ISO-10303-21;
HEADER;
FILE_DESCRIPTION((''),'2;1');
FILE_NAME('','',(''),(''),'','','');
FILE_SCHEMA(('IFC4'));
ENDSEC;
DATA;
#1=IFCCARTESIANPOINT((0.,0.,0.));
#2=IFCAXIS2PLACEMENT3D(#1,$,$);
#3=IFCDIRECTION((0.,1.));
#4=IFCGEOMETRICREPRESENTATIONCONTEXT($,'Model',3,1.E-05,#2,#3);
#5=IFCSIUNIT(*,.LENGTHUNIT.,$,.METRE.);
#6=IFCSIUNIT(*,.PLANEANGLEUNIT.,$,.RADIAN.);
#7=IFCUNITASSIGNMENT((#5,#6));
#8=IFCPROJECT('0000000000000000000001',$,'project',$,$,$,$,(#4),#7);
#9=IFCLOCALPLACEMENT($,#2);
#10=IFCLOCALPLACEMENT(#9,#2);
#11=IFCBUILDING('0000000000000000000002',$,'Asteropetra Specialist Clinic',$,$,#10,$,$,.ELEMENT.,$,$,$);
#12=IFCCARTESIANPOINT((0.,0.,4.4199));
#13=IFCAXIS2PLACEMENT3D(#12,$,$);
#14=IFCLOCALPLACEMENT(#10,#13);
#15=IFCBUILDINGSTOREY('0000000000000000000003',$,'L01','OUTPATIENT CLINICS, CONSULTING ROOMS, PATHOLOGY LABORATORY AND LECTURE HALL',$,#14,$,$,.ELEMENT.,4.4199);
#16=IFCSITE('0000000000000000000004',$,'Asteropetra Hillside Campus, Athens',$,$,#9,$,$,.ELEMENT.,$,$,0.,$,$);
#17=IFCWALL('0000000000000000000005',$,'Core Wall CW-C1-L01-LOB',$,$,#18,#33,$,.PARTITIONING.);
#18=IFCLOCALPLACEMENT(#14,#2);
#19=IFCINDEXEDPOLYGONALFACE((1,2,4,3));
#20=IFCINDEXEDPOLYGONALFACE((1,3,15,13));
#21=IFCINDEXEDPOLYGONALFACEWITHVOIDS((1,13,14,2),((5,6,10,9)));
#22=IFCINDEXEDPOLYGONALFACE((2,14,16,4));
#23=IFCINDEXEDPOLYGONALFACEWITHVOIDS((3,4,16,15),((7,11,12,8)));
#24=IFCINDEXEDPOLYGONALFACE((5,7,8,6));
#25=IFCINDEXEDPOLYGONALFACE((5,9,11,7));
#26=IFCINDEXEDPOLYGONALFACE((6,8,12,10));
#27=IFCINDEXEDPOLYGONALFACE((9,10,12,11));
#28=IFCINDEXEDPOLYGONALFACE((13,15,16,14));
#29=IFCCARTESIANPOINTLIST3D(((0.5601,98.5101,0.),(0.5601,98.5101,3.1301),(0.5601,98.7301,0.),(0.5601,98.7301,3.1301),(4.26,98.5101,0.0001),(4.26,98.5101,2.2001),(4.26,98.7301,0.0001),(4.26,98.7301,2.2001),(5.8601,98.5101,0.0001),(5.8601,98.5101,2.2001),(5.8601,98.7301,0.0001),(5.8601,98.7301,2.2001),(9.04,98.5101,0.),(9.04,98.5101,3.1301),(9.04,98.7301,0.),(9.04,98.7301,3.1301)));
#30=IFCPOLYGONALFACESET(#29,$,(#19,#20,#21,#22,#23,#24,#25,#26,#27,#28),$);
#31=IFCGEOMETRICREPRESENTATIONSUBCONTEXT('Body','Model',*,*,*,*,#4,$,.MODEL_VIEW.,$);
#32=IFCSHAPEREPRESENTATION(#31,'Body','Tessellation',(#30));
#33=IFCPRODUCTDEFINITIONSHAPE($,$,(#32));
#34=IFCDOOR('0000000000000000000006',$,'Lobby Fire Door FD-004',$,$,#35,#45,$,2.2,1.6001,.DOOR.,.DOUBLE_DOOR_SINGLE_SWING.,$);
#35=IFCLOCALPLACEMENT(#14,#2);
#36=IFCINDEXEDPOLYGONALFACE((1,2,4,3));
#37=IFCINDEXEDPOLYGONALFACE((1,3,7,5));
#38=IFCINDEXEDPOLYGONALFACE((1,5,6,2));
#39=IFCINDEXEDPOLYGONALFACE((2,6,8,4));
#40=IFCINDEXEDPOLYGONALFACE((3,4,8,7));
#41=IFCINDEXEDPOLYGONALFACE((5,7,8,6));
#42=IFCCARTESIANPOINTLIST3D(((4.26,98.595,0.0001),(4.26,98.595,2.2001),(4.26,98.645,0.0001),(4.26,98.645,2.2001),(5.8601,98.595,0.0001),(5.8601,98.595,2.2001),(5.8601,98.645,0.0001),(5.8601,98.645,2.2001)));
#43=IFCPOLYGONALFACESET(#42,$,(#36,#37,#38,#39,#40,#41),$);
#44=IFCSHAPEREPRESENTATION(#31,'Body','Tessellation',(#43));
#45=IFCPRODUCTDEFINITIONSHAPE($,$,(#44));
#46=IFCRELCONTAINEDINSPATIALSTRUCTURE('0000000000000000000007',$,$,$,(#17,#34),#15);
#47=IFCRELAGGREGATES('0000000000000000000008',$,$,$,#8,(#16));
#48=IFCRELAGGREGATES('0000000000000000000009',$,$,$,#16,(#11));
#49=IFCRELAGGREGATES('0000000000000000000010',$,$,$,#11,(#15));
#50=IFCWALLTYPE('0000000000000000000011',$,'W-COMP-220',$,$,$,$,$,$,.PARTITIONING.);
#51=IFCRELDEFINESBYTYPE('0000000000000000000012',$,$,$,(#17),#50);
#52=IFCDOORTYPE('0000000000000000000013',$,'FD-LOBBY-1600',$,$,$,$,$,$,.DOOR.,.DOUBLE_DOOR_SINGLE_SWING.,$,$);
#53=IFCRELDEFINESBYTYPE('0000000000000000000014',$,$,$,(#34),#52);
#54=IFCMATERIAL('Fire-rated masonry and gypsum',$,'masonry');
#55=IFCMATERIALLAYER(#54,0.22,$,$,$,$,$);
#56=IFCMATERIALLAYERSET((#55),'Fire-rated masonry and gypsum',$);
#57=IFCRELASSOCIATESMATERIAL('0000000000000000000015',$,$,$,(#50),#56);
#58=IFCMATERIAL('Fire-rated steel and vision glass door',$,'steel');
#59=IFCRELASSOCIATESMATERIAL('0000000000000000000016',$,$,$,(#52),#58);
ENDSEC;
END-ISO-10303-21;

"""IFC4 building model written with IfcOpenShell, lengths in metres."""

from ifc_helpers import new_model, si_unit, direction, frame, frame_2d, origin, place, context, subcontext, project, spatial, rectangle, extrude, material, layer, layer_set, type_object, element, fill, save


model = new_model("IFC4")

# Units and contexts
model_context = context("Model", 3, precision=1e-05, world=origin(), true_north=direction((0.0, 1.0)))
body_context = subcontext(model_context, "Body", "Model", "MODEL_VIEW")
ifc_project = project(units=[si_unit("LENGTHUNIT", "METRE"), si_unit("PLANEANGLEUNIT", "RADIAN")], contexts=[model_context])

# Site, building, storey
site_placement = place(None, origin())
site = spatial("IfcSite", under=ifc_project, at=site_placement, Name="Asteropetra Hillside Campus, Athens", CompositionType="ELEMENT", RefElevation=0.0)
building_placement = place(site_placement, origin())
building = spatial("IfcBuilding", under=site, at=building_placement, Name="Asteropetra Specialist Clinic", CompositionType="ELEMENT")
storey_placement = place(building_placement, frame((0.0, 0.0, 4.4199)))
storey = spatial("IfcBuildingStorey", under=building, at=storey_placement, Name="L01", Description="OUTPATIENT CLINICS, CONSULTING ROOMS, PATHOLOGY LABORATORY AND LECTURE HALL", CompositionType="ELEMENT", Elevation=4.4199)

# Wall, opening, door
ifc_material_1 = material(Name="Fire-rated masonry and gypsum", Category="masonry")
ifc_layer_1 = layer(ifc_material_1, 0.22)
ifc_layer_set_1 = layer_set([ifc_layer_1], Name="Fire-rated masonry and gypsum")
wall_type_1 = type_object("IfcWallType", Name="W-COMP-220", PredefinedType="PARTITIONING", material=ifc_layer_set_1)
wall_1_placement = place(storey_placement, frame((0.5601, 98.6201, 0.0), z_axis=(0.0, 0.0, 1.0), x_axis=(1.0, 0.0, 0.0)))
wall_1 = element("IfcWall", 1, at=wall_1_placement, inside=storey, type_object=wall_type_1, Name="Core Wall CW-C1-L01-LOB", PredefinedType="PARTITIONING", context=body_context, shape_type="SweptSolid", body=[
    extrude(rectangle(XDim=8.48, YDim=0.22, at=frame_2d((4.24, 0.0))), origin(), (0.0, 0.0, 1.0), 3.1301),
])
opening_placement = place(wall_1_placement, frame((3.7, 0.0, 0.0)))
opening = element("IfcOpeningElement", 2, at=opening_placement, cuts=wall_1, PredefinedType="OPENING", context=body_context, shape_type="SweptSolid", body=[
    extrude(rectangle(XDim=1.6001, YDim=2.2, at=frame_2d((0.8, 1.1001))), frame((0.0, 0.1199, 0.0), z_axis=(0.0, -1.0, 0.0), x_axis=(1.0, 0.0, 0.0)), (0.0, 0.0, 1.0), 0.24),
])
ifc_material_2 = material(Name="Fire-rated steel and vision glass door", Category="steel")
door_type = type_object("IfcDoorType", Name="FD-LOBBY-1600", OperationType="DOUBLE_DOOR_SINGLE_SWING", PredefinedType="DOOR", material=ifc_material_2)
door_placement = place(opening_placement, origin())
door = element("IfcDoor", 3, at=door_placement, inside=storey, type_object=door_type, Name="Lobby Fire Door FD-004", OperationType="DOUBLE_DOOR_SINGLE_SWING", OverallHeight=2.2, OverallWidth=1.6001, PredefinedType="DOOR", context=body_context, shape_type="SweptSolid", body=[
    extrude(rectangle(XDim=1.6001, YDim=2.2, at=frame_2d((0.8, 1.1001))), frame((0.0, 0.0249, 0.0), z_axis=(0.0, -1.0, 0.0), x_axis=(1.0, 0.0, 0.0)), (0.0, 0.0, 1.0), 0.05),
])
fill(opening, door)

save(model, "model.ifc")
